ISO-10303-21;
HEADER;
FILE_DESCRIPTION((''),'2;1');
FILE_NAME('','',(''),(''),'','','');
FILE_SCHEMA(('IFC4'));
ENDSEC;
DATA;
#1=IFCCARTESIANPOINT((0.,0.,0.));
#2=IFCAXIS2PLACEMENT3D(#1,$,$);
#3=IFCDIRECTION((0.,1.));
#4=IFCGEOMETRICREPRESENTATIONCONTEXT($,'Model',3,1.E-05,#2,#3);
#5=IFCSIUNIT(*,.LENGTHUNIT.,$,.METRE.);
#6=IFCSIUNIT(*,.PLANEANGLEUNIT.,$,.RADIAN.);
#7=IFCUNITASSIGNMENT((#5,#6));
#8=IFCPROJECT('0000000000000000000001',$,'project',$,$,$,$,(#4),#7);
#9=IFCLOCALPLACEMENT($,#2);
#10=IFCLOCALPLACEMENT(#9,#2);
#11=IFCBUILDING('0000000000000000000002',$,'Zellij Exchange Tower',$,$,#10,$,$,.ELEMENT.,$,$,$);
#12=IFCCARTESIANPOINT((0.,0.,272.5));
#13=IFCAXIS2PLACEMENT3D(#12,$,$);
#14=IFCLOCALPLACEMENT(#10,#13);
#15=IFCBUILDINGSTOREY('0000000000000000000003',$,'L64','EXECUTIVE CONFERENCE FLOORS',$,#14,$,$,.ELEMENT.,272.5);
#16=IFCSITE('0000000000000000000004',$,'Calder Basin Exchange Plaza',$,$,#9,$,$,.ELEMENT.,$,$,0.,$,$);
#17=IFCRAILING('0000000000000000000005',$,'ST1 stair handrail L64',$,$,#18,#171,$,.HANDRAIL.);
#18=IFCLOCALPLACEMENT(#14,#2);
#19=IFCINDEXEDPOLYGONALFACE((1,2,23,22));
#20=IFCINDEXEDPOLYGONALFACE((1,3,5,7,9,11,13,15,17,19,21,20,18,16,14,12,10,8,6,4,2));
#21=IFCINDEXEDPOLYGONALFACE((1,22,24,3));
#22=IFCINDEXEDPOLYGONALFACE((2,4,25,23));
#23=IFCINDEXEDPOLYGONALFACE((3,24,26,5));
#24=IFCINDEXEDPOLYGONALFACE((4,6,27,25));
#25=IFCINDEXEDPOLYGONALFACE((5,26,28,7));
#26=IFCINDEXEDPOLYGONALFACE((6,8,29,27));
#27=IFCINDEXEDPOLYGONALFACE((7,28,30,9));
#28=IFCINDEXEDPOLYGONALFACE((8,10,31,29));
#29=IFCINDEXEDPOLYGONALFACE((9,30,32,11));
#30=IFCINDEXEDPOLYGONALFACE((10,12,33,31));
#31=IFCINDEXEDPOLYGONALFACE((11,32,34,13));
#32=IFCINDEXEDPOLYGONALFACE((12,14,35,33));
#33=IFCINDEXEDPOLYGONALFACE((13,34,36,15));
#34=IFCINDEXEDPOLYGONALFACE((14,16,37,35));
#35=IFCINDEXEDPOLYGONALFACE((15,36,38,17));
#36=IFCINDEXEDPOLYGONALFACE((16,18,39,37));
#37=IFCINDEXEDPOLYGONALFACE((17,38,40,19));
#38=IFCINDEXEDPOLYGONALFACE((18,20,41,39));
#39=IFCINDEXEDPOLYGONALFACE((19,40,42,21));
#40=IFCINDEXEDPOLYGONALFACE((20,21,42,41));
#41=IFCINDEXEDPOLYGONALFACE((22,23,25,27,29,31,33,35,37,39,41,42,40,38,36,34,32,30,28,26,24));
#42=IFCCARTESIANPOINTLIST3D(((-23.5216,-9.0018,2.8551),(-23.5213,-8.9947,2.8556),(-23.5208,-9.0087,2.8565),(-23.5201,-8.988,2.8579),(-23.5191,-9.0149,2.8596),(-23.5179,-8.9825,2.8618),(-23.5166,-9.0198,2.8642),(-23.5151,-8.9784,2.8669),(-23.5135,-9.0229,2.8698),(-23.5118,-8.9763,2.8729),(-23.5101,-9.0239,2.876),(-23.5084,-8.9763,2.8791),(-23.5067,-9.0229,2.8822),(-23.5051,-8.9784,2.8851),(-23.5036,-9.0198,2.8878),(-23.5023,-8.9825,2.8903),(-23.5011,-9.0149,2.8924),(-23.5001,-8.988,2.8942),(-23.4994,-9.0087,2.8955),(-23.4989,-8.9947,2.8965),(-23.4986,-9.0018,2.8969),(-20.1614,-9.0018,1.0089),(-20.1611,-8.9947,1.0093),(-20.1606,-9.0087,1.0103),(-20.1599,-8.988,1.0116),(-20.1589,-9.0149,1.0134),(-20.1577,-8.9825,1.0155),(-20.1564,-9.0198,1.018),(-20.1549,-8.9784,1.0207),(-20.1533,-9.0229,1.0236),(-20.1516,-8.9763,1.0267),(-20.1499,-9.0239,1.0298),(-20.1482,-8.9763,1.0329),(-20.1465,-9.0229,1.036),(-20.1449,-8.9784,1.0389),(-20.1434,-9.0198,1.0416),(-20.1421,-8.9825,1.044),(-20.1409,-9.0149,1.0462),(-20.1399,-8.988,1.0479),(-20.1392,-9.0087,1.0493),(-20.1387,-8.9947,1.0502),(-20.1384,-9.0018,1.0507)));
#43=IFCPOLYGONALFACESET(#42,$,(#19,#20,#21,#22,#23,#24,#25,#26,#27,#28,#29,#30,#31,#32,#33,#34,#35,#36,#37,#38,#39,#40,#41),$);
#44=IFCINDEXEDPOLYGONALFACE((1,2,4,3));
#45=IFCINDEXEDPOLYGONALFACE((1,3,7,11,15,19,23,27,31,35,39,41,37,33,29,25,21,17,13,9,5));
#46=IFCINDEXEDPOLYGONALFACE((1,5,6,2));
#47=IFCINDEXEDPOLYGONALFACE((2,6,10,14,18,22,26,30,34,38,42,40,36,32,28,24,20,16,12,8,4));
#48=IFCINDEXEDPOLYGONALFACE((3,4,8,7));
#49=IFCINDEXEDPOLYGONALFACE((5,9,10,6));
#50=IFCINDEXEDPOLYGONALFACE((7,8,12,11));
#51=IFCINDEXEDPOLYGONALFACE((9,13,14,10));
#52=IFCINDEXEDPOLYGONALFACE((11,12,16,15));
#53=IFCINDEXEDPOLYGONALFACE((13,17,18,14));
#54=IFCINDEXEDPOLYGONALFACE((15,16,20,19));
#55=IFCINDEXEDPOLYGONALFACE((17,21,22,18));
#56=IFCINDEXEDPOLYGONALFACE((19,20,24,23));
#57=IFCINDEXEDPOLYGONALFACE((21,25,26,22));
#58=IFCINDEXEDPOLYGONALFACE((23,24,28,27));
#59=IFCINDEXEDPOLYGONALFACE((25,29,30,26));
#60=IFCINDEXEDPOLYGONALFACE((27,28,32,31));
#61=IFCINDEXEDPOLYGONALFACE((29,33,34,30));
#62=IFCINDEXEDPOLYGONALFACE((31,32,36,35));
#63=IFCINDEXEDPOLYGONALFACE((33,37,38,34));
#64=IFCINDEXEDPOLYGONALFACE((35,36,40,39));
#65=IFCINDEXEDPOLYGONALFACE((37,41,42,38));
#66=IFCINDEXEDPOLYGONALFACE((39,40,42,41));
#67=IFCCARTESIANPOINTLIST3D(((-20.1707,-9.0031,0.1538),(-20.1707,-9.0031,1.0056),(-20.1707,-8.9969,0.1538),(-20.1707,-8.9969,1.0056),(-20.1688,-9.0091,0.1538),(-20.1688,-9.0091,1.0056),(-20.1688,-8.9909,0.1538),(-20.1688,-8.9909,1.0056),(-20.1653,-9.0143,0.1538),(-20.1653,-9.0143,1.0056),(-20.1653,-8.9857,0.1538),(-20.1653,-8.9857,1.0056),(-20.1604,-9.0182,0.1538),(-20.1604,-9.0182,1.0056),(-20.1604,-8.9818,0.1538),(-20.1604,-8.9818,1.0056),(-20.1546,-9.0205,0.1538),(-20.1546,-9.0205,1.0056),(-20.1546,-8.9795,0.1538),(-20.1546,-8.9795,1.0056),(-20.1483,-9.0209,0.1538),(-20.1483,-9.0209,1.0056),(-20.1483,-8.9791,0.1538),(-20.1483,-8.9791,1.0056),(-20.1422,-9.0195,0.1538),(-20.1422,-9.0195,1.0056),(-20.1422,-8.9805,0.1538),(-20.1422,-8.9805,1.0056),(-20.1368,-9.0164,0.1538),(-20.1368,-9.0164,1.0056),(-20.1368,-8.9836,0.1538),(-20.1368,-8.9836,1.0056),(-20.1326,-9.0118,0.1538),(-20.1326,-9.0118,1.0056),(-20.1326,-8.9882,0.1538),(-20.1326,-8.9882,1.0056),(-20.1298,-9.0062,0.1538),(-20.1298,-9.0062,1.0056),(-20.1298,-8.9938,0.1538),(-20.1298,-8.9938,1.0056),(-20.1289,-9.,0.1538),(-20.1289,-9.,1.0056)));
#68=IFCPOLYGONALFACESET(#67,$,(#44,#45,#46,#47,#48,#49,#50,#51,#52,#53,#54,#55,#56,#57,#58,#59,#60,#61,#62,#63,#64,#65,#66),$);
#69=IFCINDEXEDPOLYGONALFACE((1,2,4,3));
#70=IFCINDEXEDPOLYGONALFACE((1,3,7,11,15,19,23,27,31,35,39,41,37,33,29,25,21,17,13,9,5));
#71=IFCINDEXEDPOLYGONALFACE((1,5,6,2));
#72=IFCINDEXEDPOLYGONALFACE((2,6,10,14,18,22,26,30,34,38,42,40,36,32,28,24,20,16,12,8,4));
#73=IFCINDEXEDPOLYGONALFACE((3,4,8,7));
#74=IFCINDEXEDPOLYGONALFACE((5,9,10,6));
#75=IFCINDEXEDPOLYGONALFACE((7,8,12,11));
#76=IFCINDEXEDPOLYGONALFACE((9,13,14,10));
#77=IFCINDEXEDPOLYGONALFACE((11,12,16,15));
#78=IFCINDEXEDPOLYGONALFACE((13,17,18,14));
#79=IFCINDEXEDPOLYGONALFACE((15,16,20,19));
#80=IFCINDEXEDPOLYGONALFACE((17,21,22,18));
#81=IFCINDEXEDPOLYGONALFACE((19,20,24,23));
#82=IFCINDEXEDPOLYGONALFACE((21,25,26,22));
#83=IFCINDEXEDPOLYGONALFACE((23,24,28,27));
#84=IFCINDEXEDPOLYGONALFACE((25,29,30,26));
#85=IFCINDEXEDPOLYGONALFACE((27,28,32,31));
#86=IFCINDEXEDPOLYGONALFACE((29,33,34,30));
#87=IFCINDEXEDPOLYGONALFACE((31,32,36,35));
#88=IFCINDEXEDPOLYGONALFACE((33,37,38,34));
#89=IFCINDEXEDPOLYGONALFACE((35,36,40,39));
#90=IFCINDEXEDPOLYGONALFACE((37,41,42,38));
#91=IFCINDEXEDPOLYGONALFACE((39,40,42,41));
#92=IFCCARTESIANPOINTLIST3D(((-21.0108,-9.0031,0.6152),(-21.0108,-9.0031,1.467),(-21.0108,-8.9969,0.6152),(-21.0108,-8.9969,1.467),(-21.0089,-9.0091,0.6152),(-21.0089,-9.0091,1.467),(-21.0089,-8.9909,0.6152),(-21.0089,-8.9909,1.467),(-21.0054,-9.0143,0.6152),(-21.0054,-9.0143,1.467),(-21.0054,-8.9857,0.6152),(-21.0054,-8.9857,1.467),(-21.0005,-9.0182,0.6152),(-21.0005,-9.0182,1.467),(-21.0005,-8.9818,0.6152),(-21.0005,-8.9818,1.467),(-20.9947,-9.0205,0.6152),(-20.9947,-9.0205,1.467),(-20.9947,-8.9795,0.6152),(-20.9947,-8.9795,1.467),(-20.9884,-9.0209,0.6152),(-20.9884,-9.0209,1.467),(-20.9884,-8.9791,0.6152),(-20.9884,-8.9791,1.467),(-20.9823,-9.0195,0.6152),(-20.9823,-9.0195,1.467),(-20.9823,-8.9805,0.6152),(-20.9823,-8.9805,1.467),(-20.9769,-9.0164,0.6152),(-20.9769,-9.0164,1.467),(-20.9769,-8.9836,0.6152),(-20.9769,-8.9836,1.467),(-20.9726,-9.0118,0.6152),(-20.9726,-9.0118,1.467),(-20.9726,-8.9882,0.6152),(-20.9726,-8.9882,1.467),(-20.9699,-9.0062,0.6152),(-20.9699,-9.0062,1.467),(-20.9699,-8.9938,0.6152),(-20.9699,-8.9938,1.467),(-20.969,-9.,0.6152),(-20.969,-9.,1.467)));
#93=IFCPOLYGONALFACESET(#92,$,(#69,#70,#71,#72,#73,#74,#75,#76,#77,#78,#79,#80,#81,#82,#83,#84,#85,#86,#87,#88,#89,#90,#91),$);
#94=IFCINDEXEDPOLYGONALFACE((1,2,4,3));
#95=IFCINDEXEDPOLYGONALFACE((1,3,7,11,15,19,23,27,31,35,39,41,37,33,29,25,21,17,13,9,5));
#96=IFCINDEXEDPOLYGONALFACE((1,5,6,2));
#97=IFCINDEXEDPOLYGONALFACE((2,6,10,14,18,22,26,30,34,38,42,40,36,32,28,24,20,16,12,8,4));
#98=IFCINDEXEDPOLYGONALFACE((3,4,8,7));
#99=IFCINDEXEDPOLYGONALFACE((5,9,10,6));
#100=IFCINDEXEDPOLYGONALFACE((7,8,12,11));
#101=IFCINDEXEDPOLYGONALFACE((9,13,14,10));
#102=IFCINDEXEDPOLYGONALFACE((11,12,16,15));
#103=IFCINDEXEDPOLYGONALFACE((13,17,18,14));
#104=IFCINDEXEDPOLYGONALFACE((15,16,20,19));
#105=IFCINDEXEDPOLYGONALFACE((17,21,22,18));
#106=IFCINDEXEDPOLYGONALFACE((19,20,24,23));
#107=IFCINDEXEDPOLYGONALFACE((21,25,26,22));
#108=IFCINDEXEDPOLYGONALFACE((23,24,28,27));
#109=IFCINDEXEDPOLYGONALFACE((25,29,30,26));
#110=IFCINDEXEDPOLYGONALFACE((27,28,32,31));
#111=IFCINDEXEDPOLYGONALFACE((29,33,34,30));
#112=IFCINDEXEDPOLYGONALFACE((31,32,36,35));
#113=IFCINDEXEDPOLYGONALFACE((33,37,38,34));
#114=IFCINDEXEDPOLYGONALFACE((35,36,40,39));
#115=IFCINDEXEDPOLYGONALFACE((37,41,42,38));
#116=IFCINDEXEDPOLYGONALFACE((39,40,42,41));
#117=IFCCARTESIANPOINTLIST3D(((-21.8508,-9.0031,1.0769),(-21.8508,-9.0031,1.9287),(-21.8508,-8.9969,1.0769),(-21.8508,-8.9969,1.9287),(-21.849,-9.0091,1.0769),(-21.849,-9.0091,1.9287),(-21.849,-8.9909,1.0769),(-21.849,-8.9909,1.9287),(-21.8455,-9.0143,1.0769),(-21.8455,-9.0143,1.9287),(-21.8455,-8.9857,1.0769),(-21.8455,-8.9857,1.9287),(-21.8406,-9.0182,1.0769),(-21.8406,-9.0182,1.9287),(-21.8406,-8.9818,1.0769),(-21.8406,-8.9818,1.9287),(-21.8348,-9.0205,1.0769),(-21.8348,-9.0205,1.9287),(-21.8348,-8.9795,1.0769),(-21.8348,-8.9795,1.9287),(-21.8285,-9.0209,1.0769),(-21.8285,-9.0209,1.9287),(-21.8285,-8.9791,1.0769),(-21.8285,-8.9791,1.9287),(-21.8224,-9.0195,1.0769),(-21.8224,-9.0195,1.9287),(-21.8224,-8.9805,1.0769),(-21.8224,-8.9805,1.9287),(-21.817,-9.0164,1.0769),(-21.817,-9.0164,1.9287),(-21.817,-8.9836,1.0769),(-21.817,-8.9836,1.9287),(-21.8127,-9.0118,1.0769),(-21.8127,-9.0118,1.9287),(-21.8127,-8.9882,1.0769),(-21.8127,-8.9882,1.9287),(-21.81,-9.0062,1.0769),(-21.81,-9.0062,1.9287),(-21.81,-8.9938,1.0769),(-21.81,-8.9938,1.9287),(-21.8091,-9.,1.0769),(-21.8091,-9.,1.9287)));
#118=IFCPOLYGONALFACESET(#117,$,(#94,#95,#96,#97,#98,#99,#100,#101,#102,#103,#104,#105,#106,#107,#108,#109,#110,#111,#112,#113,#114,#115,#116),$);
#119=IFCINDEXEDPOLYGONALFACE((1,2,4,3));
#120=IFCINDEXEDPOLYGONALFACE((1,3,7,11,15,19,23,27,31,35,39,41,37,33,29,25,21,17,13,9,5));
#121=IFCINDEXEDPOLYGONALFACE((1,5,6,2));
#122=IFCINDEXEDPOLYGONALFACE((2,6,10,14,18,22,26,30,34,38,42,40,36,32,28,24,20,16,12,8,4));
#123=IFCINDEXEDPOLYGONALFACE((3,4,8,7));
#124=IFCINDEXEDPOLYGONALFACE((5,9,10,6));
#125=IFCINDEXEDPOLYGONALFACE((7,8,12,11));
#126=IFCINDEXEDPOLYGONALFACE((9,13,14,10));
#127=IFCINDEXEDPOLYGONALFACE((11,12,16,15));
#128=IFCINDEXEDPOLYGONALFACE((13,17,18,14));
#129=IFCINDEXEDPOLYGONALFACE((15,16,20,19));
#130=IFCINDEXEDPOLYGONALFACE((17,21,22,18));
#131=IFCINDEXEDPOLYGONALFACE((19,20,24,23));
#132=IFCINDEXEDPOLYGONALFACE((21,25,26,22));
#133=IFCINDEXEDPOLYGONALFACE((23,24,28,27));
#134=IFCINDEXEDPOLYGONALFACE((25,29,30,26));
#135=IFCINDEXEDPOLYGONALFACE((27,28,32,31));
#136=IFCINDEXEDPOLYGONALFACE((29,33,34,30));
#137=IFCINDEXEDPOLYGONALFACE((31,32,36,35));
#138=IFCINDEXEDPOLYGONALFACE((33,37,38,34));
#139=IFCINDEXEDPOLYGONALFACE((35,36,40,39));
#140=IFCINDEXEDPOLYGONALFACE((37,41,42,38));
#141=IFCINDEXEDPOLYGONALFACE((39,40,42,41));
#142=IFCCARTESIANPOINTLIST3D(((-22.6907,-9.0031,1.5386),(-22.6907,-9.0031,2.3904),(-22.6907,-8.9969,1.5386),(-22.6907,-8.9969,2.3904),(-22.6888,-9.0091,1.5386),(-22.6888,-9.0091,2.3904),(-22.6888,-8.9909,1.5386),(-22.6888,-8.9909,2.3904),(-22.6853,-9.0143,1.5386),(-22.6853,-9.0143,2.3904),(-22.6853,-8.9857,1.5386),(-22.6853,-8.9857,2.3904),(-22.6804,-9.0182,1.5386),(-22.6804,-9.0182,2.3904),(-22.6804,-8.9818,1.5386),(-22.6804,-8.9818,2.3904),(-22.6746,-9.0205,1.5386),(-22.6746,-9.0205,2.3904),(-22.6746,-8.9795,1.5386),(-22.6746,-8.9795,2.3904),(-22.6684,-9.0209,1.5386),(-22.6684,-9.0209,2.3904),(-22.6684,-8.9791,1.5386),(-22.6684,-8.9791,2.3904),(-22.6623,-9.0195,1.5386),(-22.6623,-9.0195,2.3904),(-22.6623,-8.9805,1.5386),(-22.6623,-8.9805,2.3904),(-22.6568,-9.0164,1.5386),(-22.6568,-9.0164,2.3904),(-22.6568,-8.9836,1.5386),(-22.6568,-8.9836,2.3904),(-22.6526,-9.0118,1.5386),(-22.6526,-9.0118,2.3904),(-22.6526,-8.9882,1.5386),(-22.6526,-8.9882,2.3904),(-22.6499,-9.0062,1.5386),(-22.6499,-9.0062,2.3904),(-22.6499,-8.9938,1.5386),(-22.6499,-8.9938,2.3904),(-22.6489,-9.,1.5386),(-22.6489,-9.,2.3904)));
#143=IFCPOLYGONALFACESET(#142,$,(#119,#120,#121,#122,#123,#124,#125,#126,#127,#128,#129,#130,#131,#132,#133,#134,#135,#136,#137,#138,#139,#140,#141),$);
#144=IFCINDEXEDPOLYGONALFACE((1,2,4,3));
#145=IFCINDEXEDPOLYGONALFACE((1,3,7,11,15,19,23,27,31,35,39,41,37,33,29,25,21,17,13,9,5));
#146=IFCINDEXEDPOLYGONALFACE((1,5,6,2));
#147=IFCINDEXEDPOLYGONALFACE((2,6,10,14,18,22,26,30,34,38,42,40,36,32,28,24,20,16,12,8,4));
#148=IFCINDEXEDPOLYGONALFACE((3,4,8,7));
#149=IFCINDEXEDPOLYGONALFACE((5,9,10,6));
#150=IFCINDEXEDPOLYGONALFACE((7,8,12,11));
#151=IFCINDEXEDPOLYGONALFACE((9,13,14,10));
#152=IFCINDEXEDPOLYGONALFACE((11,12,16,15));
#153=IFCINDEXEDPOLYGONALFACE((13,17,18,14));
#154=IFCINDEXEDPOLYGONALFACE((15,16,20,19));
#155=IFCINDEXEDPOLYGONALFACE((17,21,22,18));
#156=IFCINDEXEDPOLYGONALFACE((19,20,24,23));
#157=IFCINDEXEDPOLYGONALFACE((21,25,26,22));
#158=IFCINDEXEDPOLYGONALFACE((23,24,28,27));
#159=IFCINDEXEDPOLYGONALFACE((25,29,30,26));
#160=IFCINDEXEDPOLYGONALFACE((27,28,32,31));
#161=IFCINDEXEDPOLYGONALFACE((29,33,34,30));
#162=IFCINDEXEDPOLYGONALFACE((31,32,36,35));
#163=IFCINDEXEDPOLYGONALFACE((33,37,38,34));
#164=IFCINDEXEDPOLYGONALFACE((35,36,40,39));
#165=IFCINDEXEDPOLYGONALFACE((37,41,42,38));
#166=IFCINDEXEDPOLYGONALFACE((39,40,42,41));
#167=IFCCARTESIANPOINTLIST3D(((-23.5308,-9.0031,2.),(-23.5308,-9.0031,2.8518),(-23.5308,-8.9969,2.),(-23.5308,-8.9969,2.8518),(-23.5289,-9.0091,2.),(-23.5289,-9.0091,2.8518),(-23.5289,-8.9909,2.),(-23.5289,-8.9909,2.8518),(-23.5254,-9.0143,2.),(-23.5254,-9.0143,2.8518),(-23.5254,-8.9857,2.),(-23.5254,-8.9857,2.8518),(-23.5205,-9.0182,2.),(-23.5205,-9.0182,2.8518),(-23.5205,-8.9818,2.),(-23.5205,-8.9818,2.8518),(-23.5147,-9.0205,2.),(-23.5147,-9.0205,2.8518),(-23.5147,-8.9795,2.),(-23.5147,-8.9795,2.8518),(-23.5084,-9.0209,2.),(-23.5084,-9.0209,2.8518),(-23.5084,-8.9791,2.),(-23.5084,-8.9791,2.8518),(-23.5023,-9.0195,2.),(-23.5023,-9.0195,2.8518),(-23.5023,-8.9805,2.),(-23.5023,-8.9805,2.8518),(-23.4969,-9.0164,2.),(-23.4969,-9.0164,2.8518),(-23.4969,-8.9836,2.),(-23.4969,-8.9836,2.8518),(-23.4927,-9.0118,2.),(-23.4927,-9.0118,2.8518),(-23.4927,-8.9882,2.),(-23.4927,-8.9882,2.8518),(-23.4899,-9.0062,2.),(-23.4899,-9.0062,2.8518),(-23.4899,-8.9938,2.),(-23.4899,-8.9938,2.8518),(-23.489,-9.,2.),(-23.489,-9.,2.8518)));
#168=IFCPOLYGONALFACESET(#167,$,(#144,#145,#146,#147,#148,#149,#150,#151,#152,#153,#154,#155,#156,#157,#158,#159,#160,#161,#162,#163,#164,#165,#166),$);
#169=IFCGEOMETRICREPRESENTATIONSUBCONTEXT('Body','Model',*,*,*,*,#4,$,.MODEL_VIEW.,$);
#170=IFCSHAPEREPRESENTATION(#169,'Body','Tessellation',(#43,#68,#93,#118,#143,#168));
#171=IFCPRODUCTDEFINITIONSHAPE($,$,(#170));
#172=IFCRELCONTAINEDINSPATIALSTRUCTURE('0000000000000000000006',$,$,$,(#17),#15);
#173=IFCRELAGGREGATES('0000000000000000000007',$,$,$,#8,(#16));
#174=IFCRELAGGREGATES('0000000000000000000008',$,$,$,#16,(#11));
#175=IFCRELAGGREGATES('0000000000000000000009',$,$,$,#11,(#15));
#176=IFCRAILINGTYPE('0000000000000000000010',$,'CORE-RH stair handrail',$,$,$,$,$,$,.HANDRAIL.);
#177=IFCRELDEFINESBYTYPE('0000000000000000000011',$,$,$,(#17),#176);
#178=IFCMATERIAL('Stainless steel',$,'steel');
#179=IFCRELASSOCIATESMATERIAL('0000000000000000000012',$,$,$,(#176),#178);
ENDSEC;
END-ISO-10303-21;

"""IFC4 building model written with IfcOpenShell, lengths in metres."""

from ifc_helpers import new_model, si_unit, direction, frame, origin, origin_2d, place, context, subcontext, project, spatial, circle, extrude, material, type_object, element, save


model = new_model("IFC4")

# Units and contexts
model_context = context("Model", 3, precision=1e-05, world=origin(), true_north=direction((0.0, 1.0)))
body_context = subcontext(model_context, "Body", "Model", "MODEL_VIEW")
ifc_project = project(units=[si_unit("LENGTHUNIT", "METRE"), si_unit("PLANEANGLEUNIT", "RADIAN")], contexts=[model_context])

# Site, building, storey
site_placement = place(None, origin())
site = spatial("IfcSite", under=ifc_project, at=site_placement, Name="Calder Basin Exchange Plaza", CompositionType="ELEMENT", RefElevation=0.0)
building_placement = place(site_placement, origin())
building = spatial("IfcBuilding", under=site, at=building_placement, Name="Zellij Exchange Tower", CompositionType="ELEMENT")
storey_placement = place(building_placement, frame((0.0, 0.0, 272.5)))
storey = spatial("IfcBuildingStorey", under=building, at=storey_placement, Name="L64", Description="EXECUTIVE CONFERENCE FLOORS", CompositionType="ELEMENT", Elevation=272.5)

# Railing
ifc_material_1 = material(Name="Stainless steel", Category="steel")
railing_type_1 = type_object("IfcRailingType", Name="CORE-RH stair handrail", PredefinedType="HANDRAIL", material=ifc_material_1)
railing_1_placement = place(storey_placement, frame((-20.1499, -9.0, 0.1538)))
element("IfcRailing", 1, at=railing_1_placement, inside=storey, type_object=railing_type_1, Name="ST1 stair handrail L64", PredefinedType="HANDRAIL", context=body_context, shape_type="SweptSolid", body=[
    extrude(circle(Radius=0.0239, at=origin_2d()), frame((0.0, 0.0, 0.876), z_axis=(-0.876422, 0.0, 0.481545), x_axis=(0.0, -1.0, 0.0)), (0.0, 0.0, 1.0), 3.834),
    extrude(circle(Radius=0.021, at=origin_2d()), origin(), (0.0, 0.0, 1.0), 0.8518),
    extrude(circle(Radius=0.021, at=origin_2d()), frame((-0.8401, 0.0, 0.4614)), (0.0, 0.0, 1.0), 0.8518),
    extrude(circle(Radius=0.021, at=origin_2d()), frame((-1.6802, 0.0, 0.9231)), (0.0, 0.0, 1.0), 0.8518),
    extrude(circle(Radius=0.021, at=origin_2d()), frame((-2.52, 0.0, 1.3848)), (0.0, 0.0, 1.0), 0.8518),
    extrude(circle(Radius=0.021, at=origin_2d()), frame((-3.3601, 0.0, 1.8462)), (0.0, 0.0, 1.0), 0.8518),
])

save(model, "model.ifc")
